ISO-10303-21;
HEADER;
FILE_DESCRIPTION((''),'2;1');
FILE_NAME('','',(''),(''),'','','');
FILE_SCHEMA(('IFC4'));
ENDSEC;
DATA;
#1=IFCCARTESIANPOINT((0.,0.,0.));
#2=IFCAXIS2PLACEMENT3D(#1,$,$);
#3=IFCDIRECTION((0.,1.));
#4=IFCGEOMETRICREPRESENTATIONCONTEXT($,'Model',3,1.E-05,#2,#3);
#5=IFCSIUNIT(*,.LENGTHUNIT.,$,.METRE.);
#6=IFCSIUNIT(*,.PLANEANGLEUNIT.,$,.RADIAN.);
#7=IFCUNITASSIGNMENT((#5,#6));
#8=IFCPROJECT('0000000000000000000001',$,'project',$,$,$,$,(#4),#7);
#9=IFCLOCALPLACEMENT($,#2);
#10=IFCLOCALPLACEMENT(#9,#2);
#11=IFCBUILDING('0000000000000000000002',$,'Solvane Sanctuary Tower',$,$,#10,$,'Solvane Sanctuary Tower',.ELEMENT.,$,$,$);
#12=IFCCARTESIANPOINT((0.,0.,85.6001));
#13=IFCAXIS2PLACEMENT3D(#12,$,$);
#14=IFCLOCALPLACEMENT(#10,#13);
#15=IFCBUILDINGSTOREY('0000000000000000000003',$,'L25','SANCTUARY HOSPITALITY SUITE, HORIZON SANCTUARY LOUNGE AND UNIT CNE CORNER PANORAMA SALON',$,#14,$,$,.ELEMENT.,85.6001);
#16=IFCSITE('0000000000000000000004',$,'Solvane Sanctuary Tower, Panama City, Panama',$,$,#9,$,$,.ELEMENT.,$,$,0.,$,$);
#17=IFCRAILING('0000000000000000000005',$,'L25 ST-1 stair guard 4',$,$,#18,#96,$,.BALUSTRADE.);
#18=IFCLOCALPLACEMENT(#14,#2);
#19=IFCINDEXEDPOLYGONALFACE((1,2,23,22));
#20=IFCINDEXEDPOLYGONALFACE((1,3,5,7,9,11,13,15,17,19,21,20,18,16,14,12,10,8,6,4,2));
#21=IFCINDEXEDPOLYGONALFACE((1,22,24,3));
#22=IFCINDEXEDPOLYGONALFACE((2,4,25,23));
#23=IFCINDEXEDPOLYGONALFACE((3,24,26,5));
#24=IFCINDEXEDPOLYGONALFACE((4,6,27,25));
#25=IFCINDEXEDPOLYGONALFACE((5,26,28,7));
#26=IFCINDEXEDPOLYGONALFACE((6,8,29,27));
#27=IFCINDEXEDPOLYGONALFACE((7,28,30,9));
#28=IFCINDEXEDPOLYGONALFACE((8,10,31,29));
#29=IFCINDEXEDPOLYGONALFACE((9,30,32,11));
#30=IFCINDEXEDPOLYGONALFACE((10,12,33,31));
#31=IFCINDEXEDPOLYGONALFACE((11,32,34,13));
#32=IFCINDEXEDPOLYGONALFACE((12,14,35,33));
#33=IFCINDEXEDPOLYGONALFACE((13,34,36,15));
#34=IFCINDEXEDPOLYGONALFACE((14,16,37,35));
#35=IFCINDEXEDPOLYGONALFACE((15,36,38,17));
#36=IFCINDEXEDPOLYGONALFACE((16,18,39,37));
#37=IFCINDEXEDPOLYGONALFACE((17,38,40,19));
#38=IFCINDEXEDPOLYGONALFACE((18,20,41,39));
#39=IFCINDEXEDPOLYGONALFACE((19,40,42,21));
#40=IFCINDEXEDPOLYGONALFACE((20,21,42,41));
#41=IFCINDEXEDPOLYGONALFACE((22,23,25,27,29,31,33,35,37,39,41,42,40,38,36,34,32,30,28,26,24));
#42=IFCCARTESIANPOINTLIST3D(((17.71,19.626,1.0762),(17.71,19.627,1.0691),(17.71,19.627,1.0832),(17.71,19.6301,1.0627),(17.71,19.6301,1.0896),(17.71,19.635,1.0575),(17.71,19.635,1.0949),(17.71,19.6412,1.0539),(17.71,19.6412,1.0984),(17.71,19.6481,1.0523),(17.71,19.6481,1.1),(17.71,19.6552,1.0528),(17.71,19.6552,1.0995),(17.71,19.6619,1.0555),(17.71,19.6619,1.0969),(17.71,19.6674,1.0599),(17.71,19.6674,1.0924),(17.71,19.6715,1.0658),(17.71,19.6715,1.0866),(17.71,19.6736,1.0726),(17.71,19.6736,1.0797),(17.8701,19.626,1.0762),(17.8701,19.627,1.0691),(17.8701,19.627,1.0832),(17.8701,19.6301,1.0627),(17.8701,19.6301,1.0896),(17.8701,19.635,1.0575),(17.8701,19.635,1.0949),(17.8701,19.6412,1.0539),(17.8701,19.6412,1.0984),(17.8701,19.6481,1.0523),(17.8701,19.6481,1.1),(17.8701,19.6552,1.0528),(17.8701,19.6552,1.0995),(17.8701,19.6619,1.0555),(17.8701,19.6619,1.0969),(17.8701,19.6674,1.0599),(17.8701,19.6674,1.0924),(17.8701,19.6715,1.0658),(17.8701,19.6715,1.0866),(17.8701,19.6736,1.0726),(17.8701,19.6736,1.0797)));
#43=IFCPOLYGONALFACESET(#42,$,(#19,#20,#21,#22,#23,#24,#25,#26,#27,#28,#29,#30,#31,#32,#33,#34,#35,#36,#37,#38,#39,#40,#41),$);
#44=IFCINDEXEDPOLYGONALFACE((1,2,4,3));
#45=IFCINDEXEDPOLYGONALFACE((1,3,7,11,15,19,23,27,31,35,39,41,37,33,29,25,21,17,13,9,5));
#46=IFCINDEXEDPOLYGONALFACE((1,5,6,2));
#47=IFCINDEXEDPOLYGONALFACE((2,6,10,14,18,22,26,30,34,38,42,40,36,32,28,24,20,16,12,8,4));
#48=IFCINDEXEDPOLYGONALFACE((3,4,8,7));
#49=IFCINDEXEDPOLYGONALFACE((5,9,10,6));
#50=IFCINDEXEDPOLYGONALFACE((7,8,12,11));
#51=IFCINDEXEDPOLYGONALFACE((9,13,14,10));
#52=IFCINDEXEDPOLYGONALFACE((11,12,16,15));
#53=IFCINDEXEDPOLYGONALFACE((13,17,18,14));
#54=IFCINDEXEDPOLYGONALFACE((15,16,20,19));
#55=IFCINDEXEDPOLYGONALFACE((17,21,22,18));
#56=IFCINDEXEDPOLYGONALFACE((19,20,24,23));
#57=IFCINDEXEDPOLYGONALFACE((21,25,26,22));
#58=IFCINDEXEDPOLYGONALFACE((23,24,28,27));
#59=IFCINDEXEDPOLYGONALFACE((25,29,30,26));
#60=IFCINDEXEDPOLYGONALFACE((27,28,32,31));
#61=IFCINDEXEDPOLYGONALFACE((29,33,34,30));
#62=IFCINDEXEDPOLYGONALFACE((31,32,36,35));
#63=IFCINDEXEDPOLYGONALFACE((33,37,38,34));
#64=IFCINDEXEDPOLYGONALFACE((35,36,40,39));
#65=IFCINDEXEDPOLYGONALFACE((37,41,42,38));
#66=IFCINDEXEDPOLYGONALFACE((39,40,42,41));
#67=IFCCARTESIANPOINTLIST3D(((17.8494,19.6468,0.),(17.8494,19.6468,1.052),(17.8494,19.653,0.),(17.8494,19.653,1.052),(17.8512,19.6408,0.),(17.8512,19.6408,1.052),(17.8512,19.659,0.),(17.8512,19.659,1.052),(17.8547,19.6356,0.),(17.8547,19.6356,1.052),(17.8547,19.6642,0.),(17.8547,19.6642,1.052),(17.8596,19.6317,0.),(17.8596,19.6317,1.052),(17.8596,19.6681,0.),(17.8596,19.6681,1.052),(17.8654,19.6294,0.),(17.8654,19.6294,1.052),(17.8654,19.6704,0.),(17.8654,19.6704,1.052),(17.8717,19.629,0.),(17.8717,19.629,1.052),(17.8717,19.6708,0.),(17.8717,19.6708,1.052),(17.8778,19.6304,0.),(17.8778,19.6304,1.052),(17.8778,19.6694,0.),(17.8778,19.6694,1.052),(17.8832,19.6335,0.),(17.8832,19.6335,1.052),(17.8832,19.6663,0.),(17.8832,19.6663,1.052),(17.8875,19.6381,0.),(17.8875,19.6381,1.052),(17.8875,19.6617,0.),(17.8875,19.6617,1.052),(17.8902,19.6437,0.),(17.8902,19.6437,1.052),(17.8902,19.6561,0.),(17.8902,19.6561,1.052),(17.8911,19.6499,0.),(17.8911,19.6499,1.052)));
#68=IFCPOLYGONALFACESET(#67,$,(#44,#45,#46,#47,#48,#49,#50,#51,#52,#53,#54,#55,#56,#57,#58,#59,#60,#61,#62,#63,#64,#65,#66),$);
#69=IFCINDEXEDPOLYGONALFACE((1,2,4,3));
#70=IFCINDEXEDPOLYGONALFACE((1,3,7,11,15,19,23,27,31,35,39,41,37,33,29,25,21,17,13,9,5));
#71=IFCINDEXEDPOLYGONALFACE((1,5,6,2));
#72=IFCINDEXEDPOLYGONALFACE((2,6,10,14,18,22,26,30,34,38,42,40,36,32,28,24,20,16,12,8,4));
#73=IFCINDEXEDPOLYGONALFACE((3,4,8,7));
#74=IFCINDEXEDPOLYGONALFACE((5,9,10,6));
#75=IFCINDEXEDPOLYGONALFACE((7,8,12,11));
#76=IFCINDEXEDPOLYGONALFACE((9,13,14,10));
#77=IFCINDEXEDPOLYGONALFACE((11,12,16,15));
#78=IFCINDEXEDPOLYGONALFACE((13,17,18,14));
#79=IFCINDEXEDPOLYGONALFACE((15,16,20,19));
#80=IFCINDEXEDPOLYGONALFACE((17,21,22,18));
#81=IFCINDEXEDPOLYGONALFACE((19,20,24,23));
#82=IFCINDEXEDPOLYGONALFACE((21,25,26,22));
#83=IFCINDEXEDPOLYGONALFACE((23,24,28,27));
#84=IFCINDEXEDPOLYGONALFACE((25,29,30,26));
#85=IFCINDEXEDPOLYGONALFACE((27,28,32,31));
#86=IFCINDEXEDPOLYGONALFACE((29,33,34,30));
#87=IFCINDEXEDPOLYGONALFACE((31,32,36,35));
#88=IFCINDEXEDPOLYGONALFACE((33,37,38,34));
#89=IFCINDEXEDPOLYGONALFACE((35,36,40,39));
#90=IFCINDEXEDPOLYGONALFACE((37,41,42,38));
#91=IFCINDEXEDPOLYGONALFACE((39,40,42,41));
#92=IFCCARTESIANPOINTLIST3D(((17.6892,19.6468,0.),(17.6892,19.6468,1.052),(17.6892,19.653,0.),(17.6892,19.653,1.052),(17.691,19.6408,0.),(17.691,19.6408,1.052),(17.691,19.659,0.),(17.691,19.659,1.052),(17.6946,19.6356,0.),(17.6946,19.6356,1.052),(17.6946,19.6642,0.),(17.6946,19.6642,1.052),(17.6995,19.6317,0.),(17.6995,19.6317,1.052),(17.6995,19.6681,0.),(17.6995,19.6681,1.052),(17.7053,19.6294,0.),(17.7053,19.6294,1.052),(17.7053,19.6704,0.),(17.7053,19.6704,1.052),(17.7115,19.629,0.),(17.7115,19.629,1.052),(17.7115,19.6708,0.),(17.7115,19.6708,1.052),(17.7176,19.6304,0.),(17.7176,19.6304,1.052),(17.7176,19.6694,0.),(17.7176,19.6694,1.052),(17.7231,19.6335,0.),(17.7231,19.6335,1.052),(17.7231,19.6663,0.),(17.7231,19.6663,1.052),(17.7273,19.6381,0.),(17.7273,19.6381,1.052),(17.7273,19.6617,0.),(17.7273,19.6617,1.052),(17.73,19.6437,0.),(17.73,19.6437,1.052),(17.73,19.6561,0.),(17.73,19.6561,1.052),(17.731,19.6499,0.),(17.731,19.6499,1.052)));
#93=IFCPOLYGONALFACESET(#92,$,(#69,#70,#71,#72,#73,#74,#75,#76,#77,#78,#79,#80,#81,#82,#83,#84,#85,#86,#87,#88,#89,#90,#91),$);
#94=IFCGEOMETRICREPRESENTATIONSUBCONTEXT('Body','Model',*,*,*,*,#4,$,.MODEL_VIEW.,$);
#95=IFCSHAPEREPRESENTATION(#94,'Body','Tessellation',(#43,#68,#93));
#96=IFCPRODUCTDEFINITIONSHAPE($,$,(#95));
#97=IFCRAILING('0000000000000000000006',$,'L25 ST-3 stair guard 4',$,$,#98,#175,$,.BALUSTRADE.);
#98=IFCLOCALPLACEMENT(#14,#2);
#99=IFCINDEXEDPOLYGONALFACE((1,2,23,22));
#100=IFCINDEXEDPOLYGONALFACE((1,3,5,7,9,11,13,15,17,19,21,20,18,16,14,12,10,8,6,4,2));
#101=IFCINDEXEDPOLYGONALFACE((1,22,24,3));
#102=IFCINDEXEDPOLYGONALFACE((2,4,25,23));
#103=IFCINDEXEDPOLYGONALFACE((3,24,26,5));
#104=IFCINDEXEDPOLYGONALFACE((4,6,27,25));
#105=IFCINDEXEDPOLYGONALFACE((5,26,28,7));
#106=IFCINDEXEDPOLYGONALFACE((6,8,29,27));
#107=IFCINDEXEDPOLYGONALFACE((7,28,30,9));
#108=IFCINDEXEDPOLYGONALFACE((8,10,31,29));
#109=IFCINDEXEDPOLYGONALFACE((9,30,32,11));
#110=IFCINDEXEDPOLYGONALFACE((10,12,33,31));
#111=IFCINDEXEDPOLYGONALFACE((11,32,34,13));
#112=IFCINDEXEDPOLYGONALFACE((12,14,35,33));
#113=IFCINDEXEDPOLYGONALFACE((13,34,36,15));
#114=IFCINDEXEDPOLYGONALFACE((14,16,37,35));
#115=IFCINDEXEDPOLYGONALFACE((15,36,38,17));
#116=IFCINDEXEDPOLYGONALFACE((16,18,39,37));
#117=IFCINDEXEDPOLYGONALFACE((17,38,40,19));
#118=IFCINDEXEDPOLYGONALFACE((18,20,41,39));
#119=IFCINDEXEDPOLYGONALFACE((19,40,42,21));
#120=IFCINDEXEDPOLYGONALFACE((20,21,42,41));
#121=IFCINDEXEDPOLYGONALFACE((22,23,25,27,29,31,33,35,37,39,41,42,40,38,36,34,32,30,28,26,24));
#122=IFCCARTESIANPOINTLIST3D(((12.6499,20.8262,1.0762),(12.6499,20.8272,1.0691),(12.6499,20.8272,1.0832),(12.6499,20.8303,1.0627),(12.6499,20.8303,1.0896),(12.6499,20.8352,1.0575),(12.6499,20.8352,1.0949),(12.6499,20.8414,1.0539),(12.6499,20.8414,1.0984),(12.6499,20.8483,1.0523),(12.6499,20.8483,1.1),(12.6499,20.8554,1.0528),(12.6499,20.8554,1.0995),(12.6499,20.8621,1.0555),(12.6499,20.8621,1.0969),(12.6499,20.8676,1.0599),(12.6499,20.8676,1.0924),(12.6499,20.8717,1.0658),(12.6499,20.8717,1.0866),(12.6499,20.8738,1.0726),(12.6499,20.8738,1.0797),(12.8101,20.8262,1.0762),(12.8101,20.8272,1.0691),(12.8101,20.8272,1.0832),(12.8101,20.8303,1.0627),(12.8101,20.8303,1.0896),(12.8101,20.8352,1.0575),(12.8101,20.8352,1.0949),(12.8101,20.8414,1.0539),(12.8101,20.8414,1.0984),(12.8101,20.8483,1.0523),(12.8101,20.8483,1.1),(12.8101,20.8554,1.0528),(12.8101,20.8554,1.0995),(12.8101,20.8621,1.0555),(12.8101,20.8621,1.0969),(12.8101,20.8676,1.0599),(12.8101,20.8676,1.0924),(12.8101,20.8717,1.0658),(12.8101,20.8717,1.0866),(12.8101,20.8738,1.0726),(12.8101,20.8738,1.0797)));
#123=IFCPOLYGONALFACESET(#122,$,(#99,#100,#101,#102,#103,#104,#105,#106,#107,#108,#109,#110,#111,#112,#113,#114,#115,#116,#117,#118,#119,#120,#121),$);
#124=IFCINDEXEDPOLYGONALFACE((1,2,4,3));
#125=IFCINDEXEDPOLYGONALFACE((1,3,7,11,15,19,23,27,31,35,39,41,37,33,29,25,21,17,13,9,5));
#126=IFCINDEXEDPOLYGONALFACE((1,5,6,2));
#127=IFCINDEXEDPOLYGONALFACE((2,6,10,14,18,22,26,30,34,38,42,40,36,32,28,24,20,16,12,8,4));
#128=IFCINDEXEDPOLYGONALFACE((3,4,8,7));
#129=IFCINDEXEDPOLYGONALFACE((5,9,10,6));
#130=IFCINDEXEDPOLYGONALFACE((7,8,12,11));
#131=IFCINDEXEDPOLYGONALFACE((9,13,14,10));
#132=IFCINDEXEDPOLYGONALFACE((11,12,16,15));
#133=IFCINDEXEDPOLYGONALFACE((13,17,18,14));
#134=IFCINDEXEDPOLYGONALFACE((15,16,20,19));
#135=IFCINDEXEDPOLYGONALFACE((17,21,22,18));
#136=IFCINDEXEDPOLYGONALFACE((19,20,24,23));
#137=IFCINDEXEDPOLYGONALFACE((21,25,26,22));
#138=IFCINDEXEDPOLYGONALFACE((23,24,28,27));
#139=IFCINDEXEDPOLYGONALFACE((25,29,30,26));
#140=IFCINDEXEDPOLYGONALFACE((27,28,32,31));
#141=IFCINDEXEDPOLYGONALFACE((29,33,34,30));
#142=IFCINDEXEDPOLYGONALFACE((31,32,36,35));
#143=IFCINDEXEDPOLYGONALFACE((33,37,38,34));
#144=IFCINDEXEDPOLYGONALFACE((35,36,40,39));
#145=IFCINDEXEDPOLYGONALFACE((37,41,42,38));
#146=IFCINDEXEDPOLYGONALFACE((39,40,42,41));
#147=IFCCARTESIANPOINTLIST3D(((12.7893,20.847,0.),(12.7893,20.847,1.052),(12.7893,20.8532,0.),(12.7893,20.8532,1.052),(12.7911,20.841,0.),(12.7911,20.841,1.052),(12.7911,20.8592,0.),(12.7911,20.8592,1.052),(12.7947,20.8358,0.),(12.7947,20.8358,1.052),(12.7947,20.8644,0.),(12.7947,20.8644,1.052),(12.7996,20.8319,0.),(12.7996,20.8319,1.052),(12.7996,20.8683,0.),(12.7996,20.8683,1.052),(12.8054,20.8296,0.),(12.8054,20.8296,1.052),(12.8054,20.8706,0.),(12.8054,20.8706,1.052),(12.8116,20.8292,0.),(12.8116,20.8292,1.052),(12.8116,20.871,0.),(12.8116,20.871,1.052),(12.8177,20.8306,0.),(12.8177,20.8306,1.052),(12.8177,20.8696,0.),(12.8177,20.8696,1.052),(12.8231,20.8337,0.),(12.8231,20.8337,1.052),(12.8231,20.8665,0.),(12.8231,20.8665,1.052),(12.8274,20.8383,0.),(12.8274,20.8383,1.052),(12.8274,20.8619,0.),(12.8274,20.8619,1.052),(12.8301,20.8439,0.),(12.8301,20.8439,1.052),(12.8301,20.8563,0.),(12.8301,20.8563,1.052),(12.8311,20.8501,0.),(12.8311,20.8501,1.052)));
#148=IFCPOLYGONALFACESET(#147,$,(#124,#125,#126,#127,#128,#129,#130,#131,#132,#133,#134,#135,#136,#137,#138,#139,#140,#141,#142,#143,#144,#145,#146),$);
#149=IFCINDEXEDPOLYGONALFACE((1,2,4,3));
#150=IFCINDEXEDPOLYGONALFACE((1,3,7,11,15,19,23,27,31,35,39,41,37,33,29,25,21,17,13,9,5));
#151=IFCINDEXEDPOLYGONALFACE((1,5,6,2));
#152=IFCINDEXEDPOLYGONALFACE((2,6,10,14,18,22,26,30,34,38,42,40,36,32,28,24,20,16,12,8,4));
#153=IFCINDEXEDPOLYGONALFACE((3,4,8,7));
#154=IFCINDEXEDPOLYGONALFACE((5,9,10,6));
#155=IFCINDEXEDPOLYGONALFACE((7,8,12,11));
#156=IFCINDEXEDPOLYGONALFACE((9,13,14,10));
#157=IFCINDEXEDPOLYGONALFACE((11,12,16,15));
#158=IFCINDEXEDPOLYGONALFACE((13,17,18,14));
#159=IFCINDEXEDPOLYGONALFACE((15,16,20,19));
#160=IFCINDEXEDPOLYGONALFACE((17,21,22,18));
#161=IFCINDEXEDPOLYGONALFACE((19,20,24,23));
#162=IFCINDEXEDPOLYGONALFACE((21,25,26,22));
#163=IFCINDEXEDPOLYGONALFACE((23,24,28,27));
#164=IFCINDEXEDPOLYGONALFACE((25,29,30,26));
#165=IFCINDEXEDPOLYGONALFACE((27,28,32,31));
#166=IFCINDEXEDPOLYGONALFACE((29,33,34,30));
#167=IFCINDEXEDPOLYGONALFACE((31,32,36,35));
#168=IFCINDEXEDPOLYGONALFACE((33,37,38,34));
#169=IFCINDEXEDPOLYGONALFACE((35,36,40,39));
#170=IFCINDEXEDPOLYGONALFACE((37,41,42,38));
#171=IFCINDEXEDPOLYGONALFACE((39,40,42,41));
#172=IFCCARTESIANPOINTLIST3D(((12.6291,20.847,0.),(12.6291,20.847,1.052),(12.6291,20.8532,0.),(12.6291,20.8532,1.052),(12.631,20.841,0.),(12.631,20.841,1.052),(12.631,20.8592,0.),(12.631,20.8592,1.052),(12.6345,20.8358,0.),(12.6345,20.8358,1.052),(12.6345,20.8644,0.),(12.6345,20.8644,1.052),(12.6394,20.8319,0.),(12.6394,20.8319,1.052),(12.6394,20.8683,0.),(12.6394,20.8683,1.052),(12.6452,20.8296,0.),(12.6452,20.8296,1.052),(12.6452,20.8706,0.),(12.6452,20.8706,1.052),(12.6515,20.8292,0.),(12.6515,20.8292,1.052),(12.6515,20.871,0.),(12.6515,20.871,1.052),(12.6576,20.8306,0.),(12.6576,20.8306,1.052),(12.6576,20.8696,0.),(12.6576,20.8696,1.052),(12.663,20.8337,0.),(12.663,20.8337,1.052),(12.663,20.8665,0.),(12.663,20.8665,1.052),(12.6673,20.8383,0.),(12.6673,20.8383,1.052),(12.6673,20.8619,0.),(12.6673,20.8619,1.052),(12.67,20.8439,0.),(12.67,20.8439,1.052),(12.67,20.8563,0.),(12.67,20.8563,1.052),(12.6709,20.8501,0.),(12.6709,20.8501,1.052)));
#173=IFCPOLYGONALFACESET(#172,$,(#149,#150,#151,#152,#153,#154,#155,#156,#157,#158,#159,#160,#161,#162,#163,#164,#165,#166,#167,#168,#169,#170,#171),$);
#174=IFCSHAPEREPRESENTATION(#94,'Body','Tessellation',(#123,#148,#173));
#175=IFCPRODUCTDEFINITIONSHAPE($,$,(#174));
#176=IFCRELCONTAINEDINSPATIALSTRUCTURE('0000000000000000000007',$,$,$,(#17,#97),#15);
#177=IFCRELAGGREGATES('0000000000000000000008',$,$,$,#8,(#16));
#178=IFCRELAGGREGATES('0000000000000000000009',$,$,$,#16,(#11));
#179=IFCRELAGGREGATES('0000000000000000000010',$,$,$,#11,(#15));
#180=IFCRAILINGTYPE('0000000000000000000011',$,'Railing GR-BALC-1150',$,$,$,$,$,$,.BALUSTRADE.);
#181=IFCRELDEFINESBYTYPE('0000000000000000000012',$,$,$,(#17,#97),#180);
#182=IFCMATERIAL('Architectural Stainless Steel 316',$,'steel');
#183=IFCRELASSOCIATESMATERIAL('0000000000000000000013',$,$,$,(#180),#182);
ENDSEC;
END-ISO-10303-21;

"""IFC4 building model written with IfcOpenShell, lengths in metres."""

from ifc_helpers import new_model, si_unit, direction, frame, origin, origin_2d, place, context, subcontext, project, spatial, circle, extrude, material, type_object, element, save


model = new_model("IFC4")

# Units and contexts
model_context = context("Model", 3, precision=1e-05, world=origin(), true_north=direction((0.0, 1.0)))
body_context = subcontext(model_context, "Body", "Model", "MODEL_VIEW")
ifc_project = project(units=[si_unit("LENGTHUNIT", "METRE"), si_unit("PLANEANGLEUNIT", "RADIAN")], contexts=[model_context])

# Site, building, storey
site_placement = place(None, origin())
site = spatial("IfcSite", under=ifc_project, at=site_placement, Name="Solvane Sanctuary Tower, Panama City, Panama", CompositionType="ELEMENT", RefElevation=0.0)
building_placement = place(site_placement, origin())
building = spatial("IfcBuilding", under=site, at=building_placement, Name="Solvane Sanctuary Tower", LongName="Solvane Sanctuary Tower", CompositionType="ELEMENT")
storey_placement = place(building_placement, frame((0.0, 0.0, 85.6001)))
storey = spatial("IfcBuildingStorey", under=building, at=storey_placement, Name="L25", Description="SANCTUARY HOSPITALITY SUITE, HORIZON SANCTUARY LOUNGE AND UNIT CNE CORNER PANORAMA SALON", CompositionType="ELEMENT", Elevation=85.6001)

# Shared definitions
ifc_material_1 = material(Name="Architectural Stainless Steel 316", Category="steel")

# Railings
railing_type_1 = type_object("IfcRailingType", Name="Railing GR-BALC-1150", PredefinedType="BALUSTRADE", material=ifc_material_1)
for number, where, name in (
    (1, (17.8701, 19.6499, 0.0), "L25 ST-1 stair guard 4"),
    (2, (12.8101, 20.8501, 0.0), "L25 ST-3 stair guard 4"),
):
    element("IfcRailing", number, at=place(storey_placement, frame(where)), inside=storey, type_object=railing_type_1, Name=name, PredefinedType="BALUSTRADE", context=body_context, shape_type="SweptSolid", body=[
        extrude(circle(Radius=0.0239, at=origin_2d()), frame((0.0, 0.0, 1.0762), z_axis=(-1.0, 0.0, 0.0), x_axis=(0.0, -1.0, 0.0)), (0.0, 0.0, 1.0), 0.1602),
        extrude(circle(Radius=0.021, at=origin_2d()), origin(), (0.0, 0.0, 1.0), 1.052),
        extrude(circle(Radius=0.021, at=origin_2d()), frame((-0.1602, 0.0, 0.0)), (0.0, 0.0, 1.0), 1.052),
    ])

save(model, "model.ifc")
